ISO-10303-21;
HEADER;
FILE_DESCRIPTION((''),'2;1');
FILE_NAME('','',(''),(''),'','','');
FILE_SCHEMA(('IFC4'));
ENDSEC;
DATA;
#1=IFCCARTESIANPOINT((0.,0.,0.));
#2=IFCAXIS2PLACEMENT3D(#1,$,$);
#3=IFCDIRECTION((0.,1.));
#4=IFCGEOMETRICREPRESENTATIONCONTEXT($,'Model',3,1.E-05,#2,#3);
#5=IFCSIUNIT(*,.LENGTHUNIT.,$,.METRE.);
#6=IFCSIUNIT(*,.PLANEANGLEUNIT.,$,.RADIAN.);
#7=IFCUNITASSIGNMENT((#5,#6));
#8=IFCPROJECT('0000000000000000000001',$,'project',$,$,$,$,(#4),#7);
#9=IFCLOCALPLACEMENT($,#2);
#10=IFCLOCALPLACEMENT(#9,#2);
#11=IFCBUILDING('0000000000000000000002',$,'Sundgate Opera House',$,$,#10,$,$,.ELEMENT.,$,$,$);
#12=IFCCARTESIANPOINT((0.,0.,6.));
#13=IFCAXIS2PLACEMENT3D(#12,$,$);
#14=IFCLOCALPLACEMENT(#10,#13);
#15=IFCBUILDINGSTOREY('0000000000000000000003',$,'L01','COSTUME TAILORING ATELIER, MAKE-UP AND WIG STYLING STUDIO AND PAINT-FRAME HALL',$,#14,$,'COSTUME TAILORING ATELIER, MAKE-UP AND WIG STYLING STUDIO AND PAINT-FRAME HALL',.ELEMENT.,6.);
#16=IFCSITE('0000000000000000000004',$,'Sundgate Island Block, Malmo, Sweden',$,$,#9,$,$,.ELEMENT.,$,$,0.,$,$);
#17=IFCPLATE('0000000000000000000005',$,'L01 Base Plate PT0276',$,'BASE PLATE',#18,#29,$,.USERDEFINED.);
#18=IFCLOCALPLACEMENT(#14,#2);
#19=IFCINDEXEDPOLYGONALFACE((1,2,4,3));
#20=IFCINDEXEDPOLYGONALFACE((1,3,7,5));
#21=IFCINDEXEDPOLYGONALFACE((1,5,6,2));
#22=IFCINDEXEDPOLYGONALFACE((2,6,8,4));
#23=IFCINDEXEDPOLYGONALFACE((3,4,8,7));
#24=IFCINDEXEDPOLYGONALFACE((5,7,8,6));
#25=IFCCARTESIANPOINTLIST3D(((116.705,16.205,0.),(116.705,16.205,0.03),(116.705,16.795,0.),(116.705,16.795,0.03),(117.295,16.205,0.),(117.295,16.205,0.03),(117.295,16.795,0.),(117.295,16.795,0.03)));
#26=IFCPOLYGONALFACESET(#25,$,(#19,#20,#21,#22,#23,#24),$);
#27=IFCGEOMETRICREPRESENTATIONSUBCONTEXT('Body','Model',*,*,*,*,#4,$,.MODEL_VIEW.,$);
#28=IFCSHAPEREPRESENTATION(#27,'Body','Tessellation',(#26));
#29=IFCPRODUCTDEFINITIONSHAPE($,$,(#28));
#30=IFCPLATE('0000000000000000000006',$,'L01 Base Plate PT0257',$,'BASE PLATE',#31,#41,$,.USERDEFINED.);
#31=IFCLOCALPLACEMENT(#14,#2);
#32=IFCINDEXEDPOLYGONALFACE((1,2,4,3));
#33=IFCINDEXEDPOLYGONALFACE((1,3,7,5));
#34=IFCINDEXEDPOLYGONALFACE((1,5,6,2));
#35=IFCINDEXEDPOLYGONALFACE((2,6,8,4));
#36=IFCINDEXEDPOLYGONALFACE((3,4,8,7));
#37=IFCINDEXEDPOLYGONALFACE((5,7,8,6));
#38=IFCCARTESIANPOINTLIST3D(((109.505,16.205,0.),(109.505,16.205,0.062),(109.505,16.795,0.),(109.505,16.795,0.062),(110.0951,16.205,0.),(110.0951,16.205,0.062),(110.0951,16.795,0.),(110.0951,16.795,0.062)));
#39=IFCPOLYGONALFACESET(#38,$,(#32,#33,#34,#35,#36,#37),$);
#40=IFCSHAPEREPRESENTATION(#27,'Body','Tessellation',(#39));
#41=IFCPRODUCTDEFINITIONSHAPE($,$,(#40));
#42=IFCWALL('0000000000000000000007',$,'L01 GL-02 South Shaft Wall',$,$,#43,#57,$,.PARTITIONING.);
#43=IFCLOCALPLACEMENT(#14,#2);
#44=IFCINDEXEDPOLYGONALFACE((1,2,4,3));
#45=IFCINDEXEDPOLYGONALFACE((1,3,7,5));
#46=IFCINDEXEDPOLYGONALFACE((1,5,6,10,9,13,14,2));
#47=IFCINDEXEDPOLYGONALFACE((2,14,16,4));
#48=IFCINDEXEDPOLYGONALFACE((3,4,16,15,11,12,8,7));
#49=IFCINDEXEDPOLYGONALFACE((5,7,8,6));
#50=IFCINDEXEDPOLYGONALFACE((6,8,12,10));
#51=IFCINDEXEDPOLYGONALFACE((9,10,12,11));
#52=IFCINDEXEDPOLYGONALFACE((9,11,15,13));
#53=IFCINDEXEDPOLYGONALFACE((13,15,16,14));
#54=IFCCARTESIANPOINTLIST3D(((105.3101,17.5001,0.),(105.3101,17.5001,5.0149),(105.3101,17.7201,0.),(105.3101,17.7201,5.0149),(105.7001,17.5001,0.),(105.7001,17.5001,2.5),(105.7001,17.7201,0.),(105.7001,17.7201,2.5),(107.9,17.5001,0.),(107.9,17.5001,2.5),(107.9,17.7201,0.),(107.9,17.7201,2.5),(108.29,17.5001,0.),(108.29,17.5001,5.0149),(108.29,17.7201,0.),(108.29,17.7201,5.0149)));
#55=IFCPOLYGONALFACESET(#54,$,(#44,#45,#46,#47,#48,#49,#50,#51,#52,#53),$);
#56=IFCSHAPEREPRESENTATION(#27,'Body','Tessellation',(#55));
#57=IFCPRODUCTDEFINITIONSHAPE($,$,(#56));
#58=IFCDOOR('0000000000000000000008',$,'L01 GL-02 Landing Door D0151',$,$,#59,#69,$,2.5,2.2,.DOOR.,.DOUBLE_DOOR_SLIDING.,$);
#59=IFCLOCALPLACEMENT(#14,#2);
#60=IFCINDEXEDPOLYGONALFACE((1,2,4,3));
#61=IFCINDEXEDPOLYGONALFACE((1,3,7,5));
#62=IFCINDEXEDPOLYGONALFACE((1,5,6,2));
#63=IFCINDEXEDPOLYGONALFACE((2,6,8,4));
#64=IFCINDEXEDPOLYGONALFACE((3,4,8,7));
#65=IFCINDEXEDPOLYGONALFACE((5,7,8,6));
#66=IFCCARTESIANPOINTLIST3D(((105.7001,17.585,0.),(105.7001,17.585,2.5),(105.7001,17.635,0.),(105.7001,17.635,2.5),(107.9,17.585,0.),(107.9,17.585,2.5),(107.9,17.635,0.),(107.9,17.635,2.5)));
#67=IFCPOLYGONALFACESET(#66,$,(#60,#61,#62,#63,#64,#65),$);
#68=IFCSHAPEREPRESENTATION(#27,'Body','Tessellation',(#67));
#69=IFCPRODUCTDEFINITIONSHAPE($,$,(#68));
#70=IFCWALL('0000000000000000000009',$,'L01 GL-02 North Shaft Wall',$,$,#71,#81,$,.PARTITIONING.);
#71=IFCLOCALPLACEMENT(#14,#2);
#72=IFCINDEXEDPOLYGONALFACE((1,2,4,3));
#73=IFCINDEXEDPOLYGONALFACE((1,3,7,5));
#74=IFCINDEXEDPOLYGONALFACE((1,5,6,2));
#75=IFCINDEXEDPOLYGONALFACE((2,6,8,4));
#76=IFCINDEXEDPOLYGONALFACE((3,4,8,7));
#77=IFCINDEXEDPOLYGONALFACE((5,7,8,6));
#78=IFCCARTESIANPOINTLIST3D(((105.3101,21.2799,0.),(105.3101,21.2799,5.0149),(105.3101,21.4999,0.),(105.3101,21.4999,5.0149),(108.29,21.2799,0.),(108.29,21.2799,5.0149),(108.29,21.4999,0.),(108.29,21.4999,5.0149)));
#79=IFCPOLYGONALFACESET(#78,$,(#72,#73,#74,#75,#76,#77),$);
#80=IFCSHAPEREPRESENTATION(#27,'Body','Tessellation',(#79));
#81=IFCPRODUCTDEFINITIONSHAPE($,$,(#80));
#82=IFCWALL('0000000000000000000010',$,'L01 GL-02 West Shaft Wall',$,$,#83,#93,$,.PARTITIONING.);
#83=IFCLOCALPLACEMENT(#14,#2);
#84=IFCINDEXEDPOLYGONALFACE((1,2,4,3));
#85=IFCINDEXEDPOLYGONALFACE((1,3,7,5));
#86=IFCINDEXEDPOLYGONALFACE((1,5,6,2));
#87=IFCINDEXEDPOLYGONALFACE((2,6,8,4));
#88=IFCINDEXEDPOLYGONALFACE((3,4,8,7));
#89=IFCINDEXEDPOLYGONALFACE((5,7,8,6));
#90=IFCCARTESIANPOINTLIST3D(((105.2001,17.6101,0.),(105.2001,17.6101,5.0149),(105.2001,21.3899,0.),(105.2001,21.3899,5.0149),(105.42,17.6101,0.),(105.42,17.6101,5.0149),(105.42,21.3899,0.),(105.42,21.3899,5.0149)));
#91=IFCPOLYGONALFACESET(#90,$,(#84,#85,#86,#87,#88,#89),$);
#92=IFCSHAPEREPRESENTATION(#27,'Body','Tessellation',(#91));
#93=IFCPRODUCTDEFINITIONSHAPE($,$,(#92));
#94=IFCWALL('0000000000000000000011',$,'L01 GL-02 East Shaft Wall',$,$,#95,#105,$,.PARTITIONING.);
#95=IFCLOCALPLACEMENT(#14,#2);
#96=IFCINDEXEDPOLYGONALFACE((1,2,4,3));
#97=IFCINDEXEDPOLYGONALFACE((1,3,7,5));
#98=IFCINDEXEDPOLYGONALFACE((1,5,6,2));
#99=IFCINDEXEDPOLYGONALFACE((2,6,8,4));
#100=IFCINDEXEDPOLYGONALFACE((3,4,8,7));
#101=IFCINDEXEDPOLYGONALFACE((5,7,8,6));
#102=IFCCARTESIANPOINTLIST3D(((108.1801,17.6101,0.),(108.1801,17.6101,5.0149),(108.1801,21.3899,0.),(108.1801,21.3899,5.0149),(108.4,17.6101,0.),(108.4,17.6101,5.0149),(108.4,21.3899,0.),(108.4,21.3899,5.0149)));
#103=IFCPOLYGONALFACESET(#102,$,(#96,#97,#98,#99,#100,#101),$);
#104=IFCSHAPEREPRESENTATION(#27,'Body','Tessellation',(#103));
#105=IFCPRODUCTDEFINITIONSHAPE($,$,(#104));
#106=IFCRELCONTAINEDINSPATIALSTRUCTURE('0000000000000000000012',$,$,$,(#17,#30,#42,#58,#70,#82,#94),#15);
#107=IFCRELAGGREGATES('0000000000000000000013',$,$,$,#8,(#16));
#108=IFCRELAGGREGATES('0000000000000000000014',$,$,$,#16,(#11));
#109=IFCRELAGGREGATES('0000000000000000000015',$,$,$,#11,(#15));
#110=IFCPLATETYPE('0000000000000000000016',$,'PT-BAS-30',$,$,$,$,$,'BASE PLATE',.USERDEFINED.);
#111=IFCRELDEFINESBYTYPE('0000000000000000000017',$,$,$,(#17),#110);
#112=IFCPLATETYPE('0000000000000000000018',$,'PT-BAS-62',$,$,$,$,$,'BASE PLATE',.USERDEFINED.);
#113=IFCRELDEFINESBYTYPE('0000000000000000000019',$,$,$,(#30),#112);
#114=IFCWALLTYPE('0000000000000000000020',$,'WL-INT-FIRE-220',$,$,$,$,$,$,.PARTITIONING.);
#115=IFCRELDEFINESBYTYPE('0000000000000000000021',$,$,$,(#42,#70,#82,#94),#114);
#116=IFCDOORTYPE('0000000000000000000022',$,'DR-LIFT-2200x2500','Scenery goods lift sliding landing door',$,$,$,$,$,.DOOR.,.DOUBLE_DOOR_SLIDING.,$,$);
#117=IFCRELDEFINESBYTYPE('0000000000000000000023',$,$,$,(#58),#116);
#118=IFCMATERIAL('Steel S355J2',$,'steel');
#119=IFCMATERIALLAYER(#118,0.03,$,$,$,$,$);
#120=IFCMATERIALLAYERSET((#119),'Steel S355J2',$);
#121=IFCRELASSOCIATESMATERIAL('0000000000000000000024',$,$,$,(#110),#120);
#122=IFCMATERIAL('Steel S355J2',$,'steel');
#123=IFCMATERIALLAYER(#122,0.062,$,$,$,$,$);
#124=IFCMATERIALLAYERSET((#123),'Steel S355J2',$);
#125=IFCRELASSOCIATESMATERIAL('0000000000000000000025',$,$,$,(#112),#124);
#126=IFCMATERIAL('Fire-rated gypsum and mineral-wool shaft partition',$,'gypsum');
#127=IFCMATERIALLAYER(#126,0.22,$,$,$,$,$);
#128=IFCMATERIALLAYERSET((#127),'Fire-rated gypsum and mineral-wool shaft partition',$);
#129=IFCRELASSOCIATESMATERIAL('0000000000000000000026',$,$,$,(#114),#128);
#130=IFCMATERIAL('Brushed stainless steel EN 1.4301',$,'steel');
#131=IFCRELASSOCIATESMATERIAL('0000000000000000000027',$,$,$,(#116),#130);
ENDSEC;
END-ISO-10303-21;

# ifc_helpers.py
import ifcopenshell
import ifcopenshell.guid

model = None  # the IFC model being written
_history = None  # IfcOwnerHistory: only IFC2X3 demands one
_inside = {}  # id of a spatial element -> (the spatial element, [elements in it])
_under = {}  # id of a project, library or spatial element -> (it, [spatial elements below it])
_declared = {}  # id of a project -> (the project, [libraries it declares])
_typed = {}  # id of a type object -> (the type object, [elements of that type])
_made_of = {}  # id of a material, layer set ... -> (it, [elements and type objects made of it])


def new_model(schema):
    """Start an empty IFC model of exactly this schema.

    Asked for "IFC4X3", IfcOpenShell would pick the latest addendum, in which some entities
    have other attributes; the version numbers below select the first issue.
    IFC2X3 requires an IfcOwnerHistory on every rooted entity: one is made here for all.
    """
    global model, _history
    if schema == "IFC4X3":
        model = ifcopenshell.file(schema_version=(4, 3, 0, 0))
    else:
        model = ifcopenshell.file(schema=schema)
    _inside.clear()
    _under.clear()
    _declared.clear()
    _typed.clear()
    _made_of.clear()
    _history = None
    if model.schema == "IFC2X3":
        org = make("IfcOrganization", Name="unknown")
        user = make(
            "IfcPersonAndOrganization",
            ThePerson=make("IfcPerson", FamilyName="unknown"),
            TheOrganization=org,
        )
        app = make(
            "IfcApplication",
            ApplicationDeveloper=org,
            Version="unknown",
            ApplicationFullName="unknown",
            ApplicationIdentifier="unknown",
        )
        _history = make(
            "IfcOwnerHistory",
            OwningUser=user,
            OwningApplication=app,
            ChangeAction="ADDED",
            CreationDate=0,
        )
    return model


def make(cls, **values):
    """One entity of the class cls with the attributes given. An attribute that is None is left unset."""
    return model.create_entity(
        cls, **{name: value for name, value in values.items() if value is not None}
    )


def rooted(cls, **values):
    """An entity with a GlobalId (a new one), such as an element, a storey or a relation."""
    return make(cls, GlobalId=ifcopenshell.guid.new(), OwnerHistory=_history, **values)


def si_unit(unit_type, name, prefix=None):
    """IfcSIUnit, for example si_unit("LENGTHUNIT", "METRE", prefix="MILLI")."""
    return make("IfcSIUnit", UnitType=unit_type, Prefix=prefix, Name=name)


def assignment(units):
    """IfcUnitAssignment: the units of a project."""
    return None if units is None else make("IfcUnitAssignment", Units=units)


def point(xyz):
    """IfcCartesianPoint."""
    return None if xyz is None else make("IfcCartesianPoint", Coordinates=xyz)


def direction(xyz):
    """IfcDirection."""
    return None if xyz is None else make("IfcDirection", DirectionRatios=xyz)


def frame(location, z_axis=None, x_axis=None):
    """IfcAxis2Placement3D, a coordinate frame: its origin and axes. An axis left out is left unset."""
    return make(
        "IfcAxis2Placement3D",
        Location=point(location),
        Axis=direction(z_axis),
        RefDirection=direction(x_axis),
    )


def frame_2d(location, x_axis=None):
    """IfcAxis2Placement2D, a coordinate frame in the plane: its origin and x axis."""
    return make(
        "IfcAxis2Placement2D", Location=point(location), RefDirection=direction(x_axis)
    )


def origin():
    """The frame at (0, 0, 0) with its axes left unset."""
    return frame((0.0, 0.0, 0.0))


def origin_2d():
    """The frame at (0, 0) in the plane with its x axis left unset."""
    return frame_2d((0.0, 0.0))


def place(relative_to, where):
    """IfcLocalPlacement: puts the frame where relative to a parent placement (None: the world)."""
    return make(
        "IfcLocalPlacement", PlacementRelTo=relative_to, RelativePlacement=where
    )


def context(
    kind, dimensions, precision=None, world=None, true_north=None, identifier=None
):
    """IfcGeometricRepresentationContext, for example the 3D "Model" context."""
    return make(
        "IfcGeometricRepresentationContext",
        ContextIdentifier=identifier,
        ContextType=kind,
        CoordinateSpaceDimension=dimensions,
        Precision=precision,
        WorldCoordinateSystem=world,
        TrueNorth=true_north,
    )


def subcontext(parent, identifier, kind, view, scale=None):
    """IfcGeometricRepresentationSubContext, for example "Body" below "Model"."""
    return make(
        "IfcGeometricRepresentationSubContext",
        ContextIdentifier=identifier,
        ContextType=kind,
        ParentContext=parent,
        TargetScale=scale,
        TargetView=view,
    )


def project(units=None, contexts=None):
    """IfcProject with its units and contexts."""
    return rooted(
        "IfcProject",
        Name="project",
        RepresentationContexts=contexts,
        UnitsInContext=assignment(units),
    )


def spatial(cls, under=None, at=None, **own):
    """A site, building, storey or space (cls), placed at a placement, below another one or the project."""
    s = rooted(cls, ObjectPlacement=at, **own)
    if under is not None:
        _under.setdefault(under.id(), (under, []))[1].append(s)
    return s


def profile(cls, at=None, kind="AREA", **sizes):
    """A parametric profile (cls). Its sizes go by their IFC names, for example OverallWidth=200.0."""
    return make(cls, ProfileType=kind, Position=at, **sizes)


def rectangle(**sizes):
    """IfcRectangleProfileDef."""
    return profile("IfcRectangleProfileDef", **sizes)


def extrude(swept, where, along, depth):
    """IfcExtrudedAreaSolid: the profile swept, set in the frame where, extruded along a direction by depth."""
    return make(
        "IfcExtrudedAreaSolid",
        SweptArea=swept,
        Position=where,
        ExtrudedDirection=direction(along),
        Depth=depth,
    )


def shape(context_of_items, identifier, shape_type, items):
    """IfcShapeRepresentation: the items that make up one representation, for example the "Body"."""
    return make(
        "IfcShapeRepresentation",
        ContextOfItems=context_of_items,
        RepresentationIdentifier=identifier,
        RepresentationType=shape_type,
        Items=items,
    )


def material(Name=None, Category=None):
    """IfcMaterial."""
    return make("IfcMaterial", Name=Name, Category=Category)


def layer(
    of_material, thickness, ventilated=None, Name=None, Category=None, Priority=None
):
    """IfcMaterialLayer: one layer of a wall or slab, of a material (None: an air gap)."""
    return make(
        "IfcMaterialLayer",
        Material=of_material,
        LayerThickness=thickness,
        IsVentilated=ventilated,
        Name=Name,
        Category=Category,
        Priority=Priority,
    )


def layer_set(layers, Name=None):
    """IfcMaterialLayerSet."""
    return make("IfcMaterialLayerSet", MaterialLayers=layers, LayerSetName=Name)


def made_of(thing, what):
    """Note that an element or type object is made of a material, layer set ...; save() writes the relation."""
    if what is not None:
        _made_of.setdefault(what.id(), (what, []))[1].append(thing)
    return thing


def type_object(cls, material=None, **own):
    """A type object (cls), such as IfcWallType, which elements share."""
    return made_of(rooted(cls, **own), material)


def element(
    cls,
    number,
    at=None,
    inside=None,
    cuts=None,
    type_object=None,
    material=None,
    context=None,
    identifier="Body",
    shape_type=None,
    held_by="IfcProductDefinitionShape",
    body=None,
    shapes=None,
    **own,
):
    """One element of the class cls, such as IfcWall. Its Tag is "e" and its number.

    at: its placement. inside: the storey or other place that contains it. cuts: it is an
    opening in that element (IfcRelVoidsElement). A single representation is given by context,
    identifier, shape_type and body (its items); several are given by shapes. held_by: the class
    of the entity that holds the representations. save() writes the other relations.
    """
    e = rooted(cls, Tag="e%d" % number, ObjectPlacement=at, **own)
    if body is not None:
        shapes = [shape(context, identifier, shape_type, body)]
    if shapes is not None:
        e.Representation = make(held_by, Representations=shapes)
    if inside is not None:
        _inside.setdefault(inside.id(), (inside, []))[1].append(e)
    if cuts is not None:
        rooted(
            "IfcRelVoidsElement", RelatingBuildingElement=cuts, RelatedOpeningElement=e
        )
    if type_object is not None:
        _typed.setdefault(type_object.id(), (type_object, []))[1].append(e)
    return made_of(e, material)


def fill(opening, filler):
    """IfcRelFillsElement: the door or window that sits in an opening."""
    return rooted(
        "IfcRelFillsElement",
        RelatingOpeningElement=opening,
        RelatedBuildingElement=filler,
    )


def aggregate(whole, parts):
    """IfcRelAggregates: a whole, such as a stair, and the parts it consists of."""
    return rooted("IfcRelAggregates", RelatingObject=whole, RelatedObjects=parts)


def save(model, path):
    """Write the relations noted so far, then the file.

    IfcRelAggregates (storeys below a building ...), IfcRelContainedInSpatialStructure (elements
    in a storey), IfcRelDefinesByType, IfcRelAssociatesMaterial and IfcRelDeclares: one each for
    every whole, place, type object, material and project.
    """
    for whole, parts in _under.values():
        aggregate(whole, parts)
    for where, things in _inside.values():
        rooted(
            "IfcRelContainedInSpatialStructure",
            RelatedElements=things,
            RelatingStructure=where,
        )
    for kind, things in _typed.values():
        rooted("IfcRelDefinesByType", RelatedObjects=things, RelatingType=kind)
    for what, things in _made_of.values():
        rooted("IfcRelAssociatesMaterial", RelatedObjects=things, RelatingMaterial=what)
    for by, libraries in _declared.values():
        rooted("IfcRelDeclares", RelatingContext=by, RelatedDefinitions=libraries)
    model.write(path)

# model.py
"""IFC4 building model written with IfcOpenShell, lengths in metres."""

from ifc_helpers import new_model, si_unit, direction, frame, frame_2d, origin, origin_2d, place, context, subcontext, project, spatial, rectangle, extrude, material, layer, layer_set, type_object, element, fill, save


model = new_model("IFC4")

# Units and contexts
model_context = context("Model", 3, precision=1e-05, world=origin(), true_north=direction((0.0, 1.0)))
body_context = subcontext(model_context, "Body", "Model", "MODEL_VIEW")
ifc_project = project(units=[si_unit("LENGTHUNIT", "METRE"), si_unit("PLANEANGLEUNIT", "RADIAN")], contexts=[model_context])

# Site, building, storey
site_placement = place(None, origin())
site = spatial("IfcSite", under=ifc_project, at=site_placement, Name="Sundgate Island Block, Malmo, Sweden", CompositionType="ELEMENT", RefElevation=0.0)
building_placement = place(site_placement, origin())
building = spatial("IfcBuilding", under=site, at=building_placement, Name="Sundgate Opera House", CompositionType="ELEMENT")
storey_placement = place(building_placement, frame((0.0, 0.0, 6.0)))
storey = spatial("IfcBuildingStorey", under=building, at=storey_placement, Name="L01", Description="COSTUME TAILORING ATELIER, MAKE-UP AND WIG STYLING STUDIO AND PAINT-FRAME HALL", LongName="COSTUME TAILORING ATELIER, MAKE-UP AND WIG STYLING STUDIO AND PAINT-FRAME HALL", CompositionType="ELEMENT", Elevation=6.0)

# Plates
ifc_material_1 = material(Name="Steel S355J2", Category="steel")
ifc_layer_1 = layer(ifc_material_1, 0.03)
ifc_layer_set_1 = layer_set([ifc_layer_1], Name="Steel S355J2")
plate_type_1 = type_object("IfcPlateType", Name="PT-BAS-30", ElementType="BASE PLATE", PredefinedType="USERDEFINED", material=ifc_layer_set_1)
plate_1_placement = place(storey_placement, frame((117.0, 16.5, 0.0), z_axis=(0.0, 0.0, 1.0), x_axis=(1.0, 0.0, 0.0)))
element("IfcPlate", 1, at=plate_1_placement, inside=storey, type_object=plate_type_1, Name="L01 Base Plate PT0276", ObjectType="BASE PLATE", PredefinedType="USERDEFINED", context=body_context, shape_type="SweptSolid", body=[
    extrude(rectangle(XDim=0.5901, YDim=0.5901, at=origin_2d()), origin(), (0.0, 0.0, 1.0), 0.03),
])
ifc_material_2 = material(Name="Steel S355J2", Category="steel")
ifc_layer_2 = layer(ifc_material_2, 0.062)
ifc_layer_set_2 = layer_set([ifc_layer_2], Name="Steel S355J2")
plate_type_2 = type_object("IfcPlateType", Name="PT-BAS-62", ElementType="BASE PLATE", PredefinedType="USERDEFINED", material=ifc_layer_set_2)
plate_2_placement = place(storey_placement, frame((109.8, 16.5, 0.0), z_axis=(0.0, 0.0, 1.0), x_axis=(1.0, 0.0, 0.0)))
element("IfcPlate", 2, at=plate_2_placement, inside=storey, type_object=plate_type_2, Name="L01 Base Plate PT0257", ObjectType="BASE PLATE", PredefinedType="USERDEFINED", context=body_context, shape_type="SweptSolid", body=[
    extrude(rectangle(XDim=0.5901, YDim=0.5901, at=origin_2d()), origin(), (0.0, 0.0, 1.0), 0.062),
])

# Wall, opening, door
ifc_material_3 = material(Name="Fire-rated gypsum and mineral-wool shaft partition", Category="gypsum")
ifc_layer_3 = layer(ifc_material_3, 0.22)
ifc_layer_set_3 = layer_set([ifc_layer_3], Name="Fire-rated gypsum and mineral-wool shaft partition")
wall_type = type_object("IfcWallType", Name="WL-INT-FIRE-220", PredefinedType="PARTITIONING", material=ifc_layer_set_3)
wall_1_placement = place(storey_placement, frame((105.3101, 17.6101, 0.0), z_axis=(0.0, 0.0, 1.0), x_axis=(1.0, 0.0, 0.0)))
wall_1 = element("IfcWall", 3, at=wall_1_placement, inside=storey, type_object=wall_type, Name="L01 GL-02 South Shaft Wall", PredefinedType="PARTITIONING", context=body_context, shape_type="SweptSolid", body=[
    extrude(rectangle(XDim=2.98, YDim=0.22, at=frame_2d((1.49, 0.0))), origin(), (0.0, 0.0, 1.0), 5.0149),
])
opening_placement = place(wall_1_placement, frame((0.3899, 0.0, 0.0)))
opening = element("IfcOpeningElement", 4, at=opening_placement, cuts=wall_1, PredefinedType="OPENING", context=body_context, shape_type="SweptSolid", body=[
    extrude(rectangle(XDim=2.2, YDim=2.5, at=frame_2d((1.1001, 1.25))), frame((0.0, 0.1199, 0.0), z_axis=(0.0, -1.0, 0.0), x_axis=(1.0, 0.0, 0.0)), (0.0, 0.0, 1.0), 0.24),
])
ifc_material_4 = material(Name="Brushed stainless steel EN 1.4301", Category="steel")
door_type = type_object("IfcDoorType", Name="DR-LIFT-2200x2500", Description="Scenery goods lift sliding landing door", OperationType="DOUBLE_DOOR_SLIDING", PredefinedType="DOOR", material=ifc_material_4)
door_placement = place(opening_placement, origin())
door = element("IfcDoor", 5, at=door_placement, inside=storey, type_object=door_type, Name="L01 GL-02 Landing Door D0151", OperationType="DOUBLE_DOOR_SLIDING", OverallHeight=2.5, OverallWidth=2.2, PredefinedType="DOOR", context=body_context, shape_type="SweptSolid", body=[
    extrude(rectangle(XDim=2.2, YDim=2.5, at=frame_2d((1.1001, 1.25))), frame((0.0, 0.0249, 0.0), z_axis=(0.0, -1.0, 0.0), x_axis=(1.0, 0.0, 0.0)), (0.0, 0.0, 1.0), 0.05),
])
fill(opening, door)

# Walls
wall_2_placement = place(storey_placement, frame((105.3101, 21.3899, 0.0), z_axis=(0.0, 0.0, 1.0), x_axis=(1.0, 0.0, 0.0)))
element("IfcWall", 6, at=wall_2_placement, inside=storey, type_object=wall_type, Name="L01 GL-02 North Shaft Wall", PredefinedType="PARTITIONING", context=body_context, shape_type="SweptSolid", body=[
    extrude(rectangle(XDim=2.98, YDim=0.22, at=frame_2d((1.49, 0.0))), origin(), (0.0, 0.0, 1.0), 5.0149),
])
for number, where, z_axis, x_axis, name in (
    (7, (105.3101, 17.6101, 0.0), (0.0, 0.0, 1.0), (0.0, 1.0, 0.0), "L01 GL-02 West Shaft Wall"),
    (8, (108.29, 17.6101, 0.0), (0.0, 0.0, 1.0), (0.0, 1.0, 0.0), "L01 GL-02 East Shaft Wall"),
):
    element("IfcWall", number, at=place(storey_placement, frame(where, z_axis=z_axis, x_axis=x_axis)), inside=storey, type_object=wall_type, Name=name, PredefinedType="PARTITIONING", context=body_context, shape_type="SweptSolid", body=[
        extrude(rectangle(XDim=3.7798, YDim=0.22, at=frame_2d((1.8899, 0.0))), origin(), (0.0, 0.0, 1.0), 5.0149),
    ])

save(model, "model.ifc")
